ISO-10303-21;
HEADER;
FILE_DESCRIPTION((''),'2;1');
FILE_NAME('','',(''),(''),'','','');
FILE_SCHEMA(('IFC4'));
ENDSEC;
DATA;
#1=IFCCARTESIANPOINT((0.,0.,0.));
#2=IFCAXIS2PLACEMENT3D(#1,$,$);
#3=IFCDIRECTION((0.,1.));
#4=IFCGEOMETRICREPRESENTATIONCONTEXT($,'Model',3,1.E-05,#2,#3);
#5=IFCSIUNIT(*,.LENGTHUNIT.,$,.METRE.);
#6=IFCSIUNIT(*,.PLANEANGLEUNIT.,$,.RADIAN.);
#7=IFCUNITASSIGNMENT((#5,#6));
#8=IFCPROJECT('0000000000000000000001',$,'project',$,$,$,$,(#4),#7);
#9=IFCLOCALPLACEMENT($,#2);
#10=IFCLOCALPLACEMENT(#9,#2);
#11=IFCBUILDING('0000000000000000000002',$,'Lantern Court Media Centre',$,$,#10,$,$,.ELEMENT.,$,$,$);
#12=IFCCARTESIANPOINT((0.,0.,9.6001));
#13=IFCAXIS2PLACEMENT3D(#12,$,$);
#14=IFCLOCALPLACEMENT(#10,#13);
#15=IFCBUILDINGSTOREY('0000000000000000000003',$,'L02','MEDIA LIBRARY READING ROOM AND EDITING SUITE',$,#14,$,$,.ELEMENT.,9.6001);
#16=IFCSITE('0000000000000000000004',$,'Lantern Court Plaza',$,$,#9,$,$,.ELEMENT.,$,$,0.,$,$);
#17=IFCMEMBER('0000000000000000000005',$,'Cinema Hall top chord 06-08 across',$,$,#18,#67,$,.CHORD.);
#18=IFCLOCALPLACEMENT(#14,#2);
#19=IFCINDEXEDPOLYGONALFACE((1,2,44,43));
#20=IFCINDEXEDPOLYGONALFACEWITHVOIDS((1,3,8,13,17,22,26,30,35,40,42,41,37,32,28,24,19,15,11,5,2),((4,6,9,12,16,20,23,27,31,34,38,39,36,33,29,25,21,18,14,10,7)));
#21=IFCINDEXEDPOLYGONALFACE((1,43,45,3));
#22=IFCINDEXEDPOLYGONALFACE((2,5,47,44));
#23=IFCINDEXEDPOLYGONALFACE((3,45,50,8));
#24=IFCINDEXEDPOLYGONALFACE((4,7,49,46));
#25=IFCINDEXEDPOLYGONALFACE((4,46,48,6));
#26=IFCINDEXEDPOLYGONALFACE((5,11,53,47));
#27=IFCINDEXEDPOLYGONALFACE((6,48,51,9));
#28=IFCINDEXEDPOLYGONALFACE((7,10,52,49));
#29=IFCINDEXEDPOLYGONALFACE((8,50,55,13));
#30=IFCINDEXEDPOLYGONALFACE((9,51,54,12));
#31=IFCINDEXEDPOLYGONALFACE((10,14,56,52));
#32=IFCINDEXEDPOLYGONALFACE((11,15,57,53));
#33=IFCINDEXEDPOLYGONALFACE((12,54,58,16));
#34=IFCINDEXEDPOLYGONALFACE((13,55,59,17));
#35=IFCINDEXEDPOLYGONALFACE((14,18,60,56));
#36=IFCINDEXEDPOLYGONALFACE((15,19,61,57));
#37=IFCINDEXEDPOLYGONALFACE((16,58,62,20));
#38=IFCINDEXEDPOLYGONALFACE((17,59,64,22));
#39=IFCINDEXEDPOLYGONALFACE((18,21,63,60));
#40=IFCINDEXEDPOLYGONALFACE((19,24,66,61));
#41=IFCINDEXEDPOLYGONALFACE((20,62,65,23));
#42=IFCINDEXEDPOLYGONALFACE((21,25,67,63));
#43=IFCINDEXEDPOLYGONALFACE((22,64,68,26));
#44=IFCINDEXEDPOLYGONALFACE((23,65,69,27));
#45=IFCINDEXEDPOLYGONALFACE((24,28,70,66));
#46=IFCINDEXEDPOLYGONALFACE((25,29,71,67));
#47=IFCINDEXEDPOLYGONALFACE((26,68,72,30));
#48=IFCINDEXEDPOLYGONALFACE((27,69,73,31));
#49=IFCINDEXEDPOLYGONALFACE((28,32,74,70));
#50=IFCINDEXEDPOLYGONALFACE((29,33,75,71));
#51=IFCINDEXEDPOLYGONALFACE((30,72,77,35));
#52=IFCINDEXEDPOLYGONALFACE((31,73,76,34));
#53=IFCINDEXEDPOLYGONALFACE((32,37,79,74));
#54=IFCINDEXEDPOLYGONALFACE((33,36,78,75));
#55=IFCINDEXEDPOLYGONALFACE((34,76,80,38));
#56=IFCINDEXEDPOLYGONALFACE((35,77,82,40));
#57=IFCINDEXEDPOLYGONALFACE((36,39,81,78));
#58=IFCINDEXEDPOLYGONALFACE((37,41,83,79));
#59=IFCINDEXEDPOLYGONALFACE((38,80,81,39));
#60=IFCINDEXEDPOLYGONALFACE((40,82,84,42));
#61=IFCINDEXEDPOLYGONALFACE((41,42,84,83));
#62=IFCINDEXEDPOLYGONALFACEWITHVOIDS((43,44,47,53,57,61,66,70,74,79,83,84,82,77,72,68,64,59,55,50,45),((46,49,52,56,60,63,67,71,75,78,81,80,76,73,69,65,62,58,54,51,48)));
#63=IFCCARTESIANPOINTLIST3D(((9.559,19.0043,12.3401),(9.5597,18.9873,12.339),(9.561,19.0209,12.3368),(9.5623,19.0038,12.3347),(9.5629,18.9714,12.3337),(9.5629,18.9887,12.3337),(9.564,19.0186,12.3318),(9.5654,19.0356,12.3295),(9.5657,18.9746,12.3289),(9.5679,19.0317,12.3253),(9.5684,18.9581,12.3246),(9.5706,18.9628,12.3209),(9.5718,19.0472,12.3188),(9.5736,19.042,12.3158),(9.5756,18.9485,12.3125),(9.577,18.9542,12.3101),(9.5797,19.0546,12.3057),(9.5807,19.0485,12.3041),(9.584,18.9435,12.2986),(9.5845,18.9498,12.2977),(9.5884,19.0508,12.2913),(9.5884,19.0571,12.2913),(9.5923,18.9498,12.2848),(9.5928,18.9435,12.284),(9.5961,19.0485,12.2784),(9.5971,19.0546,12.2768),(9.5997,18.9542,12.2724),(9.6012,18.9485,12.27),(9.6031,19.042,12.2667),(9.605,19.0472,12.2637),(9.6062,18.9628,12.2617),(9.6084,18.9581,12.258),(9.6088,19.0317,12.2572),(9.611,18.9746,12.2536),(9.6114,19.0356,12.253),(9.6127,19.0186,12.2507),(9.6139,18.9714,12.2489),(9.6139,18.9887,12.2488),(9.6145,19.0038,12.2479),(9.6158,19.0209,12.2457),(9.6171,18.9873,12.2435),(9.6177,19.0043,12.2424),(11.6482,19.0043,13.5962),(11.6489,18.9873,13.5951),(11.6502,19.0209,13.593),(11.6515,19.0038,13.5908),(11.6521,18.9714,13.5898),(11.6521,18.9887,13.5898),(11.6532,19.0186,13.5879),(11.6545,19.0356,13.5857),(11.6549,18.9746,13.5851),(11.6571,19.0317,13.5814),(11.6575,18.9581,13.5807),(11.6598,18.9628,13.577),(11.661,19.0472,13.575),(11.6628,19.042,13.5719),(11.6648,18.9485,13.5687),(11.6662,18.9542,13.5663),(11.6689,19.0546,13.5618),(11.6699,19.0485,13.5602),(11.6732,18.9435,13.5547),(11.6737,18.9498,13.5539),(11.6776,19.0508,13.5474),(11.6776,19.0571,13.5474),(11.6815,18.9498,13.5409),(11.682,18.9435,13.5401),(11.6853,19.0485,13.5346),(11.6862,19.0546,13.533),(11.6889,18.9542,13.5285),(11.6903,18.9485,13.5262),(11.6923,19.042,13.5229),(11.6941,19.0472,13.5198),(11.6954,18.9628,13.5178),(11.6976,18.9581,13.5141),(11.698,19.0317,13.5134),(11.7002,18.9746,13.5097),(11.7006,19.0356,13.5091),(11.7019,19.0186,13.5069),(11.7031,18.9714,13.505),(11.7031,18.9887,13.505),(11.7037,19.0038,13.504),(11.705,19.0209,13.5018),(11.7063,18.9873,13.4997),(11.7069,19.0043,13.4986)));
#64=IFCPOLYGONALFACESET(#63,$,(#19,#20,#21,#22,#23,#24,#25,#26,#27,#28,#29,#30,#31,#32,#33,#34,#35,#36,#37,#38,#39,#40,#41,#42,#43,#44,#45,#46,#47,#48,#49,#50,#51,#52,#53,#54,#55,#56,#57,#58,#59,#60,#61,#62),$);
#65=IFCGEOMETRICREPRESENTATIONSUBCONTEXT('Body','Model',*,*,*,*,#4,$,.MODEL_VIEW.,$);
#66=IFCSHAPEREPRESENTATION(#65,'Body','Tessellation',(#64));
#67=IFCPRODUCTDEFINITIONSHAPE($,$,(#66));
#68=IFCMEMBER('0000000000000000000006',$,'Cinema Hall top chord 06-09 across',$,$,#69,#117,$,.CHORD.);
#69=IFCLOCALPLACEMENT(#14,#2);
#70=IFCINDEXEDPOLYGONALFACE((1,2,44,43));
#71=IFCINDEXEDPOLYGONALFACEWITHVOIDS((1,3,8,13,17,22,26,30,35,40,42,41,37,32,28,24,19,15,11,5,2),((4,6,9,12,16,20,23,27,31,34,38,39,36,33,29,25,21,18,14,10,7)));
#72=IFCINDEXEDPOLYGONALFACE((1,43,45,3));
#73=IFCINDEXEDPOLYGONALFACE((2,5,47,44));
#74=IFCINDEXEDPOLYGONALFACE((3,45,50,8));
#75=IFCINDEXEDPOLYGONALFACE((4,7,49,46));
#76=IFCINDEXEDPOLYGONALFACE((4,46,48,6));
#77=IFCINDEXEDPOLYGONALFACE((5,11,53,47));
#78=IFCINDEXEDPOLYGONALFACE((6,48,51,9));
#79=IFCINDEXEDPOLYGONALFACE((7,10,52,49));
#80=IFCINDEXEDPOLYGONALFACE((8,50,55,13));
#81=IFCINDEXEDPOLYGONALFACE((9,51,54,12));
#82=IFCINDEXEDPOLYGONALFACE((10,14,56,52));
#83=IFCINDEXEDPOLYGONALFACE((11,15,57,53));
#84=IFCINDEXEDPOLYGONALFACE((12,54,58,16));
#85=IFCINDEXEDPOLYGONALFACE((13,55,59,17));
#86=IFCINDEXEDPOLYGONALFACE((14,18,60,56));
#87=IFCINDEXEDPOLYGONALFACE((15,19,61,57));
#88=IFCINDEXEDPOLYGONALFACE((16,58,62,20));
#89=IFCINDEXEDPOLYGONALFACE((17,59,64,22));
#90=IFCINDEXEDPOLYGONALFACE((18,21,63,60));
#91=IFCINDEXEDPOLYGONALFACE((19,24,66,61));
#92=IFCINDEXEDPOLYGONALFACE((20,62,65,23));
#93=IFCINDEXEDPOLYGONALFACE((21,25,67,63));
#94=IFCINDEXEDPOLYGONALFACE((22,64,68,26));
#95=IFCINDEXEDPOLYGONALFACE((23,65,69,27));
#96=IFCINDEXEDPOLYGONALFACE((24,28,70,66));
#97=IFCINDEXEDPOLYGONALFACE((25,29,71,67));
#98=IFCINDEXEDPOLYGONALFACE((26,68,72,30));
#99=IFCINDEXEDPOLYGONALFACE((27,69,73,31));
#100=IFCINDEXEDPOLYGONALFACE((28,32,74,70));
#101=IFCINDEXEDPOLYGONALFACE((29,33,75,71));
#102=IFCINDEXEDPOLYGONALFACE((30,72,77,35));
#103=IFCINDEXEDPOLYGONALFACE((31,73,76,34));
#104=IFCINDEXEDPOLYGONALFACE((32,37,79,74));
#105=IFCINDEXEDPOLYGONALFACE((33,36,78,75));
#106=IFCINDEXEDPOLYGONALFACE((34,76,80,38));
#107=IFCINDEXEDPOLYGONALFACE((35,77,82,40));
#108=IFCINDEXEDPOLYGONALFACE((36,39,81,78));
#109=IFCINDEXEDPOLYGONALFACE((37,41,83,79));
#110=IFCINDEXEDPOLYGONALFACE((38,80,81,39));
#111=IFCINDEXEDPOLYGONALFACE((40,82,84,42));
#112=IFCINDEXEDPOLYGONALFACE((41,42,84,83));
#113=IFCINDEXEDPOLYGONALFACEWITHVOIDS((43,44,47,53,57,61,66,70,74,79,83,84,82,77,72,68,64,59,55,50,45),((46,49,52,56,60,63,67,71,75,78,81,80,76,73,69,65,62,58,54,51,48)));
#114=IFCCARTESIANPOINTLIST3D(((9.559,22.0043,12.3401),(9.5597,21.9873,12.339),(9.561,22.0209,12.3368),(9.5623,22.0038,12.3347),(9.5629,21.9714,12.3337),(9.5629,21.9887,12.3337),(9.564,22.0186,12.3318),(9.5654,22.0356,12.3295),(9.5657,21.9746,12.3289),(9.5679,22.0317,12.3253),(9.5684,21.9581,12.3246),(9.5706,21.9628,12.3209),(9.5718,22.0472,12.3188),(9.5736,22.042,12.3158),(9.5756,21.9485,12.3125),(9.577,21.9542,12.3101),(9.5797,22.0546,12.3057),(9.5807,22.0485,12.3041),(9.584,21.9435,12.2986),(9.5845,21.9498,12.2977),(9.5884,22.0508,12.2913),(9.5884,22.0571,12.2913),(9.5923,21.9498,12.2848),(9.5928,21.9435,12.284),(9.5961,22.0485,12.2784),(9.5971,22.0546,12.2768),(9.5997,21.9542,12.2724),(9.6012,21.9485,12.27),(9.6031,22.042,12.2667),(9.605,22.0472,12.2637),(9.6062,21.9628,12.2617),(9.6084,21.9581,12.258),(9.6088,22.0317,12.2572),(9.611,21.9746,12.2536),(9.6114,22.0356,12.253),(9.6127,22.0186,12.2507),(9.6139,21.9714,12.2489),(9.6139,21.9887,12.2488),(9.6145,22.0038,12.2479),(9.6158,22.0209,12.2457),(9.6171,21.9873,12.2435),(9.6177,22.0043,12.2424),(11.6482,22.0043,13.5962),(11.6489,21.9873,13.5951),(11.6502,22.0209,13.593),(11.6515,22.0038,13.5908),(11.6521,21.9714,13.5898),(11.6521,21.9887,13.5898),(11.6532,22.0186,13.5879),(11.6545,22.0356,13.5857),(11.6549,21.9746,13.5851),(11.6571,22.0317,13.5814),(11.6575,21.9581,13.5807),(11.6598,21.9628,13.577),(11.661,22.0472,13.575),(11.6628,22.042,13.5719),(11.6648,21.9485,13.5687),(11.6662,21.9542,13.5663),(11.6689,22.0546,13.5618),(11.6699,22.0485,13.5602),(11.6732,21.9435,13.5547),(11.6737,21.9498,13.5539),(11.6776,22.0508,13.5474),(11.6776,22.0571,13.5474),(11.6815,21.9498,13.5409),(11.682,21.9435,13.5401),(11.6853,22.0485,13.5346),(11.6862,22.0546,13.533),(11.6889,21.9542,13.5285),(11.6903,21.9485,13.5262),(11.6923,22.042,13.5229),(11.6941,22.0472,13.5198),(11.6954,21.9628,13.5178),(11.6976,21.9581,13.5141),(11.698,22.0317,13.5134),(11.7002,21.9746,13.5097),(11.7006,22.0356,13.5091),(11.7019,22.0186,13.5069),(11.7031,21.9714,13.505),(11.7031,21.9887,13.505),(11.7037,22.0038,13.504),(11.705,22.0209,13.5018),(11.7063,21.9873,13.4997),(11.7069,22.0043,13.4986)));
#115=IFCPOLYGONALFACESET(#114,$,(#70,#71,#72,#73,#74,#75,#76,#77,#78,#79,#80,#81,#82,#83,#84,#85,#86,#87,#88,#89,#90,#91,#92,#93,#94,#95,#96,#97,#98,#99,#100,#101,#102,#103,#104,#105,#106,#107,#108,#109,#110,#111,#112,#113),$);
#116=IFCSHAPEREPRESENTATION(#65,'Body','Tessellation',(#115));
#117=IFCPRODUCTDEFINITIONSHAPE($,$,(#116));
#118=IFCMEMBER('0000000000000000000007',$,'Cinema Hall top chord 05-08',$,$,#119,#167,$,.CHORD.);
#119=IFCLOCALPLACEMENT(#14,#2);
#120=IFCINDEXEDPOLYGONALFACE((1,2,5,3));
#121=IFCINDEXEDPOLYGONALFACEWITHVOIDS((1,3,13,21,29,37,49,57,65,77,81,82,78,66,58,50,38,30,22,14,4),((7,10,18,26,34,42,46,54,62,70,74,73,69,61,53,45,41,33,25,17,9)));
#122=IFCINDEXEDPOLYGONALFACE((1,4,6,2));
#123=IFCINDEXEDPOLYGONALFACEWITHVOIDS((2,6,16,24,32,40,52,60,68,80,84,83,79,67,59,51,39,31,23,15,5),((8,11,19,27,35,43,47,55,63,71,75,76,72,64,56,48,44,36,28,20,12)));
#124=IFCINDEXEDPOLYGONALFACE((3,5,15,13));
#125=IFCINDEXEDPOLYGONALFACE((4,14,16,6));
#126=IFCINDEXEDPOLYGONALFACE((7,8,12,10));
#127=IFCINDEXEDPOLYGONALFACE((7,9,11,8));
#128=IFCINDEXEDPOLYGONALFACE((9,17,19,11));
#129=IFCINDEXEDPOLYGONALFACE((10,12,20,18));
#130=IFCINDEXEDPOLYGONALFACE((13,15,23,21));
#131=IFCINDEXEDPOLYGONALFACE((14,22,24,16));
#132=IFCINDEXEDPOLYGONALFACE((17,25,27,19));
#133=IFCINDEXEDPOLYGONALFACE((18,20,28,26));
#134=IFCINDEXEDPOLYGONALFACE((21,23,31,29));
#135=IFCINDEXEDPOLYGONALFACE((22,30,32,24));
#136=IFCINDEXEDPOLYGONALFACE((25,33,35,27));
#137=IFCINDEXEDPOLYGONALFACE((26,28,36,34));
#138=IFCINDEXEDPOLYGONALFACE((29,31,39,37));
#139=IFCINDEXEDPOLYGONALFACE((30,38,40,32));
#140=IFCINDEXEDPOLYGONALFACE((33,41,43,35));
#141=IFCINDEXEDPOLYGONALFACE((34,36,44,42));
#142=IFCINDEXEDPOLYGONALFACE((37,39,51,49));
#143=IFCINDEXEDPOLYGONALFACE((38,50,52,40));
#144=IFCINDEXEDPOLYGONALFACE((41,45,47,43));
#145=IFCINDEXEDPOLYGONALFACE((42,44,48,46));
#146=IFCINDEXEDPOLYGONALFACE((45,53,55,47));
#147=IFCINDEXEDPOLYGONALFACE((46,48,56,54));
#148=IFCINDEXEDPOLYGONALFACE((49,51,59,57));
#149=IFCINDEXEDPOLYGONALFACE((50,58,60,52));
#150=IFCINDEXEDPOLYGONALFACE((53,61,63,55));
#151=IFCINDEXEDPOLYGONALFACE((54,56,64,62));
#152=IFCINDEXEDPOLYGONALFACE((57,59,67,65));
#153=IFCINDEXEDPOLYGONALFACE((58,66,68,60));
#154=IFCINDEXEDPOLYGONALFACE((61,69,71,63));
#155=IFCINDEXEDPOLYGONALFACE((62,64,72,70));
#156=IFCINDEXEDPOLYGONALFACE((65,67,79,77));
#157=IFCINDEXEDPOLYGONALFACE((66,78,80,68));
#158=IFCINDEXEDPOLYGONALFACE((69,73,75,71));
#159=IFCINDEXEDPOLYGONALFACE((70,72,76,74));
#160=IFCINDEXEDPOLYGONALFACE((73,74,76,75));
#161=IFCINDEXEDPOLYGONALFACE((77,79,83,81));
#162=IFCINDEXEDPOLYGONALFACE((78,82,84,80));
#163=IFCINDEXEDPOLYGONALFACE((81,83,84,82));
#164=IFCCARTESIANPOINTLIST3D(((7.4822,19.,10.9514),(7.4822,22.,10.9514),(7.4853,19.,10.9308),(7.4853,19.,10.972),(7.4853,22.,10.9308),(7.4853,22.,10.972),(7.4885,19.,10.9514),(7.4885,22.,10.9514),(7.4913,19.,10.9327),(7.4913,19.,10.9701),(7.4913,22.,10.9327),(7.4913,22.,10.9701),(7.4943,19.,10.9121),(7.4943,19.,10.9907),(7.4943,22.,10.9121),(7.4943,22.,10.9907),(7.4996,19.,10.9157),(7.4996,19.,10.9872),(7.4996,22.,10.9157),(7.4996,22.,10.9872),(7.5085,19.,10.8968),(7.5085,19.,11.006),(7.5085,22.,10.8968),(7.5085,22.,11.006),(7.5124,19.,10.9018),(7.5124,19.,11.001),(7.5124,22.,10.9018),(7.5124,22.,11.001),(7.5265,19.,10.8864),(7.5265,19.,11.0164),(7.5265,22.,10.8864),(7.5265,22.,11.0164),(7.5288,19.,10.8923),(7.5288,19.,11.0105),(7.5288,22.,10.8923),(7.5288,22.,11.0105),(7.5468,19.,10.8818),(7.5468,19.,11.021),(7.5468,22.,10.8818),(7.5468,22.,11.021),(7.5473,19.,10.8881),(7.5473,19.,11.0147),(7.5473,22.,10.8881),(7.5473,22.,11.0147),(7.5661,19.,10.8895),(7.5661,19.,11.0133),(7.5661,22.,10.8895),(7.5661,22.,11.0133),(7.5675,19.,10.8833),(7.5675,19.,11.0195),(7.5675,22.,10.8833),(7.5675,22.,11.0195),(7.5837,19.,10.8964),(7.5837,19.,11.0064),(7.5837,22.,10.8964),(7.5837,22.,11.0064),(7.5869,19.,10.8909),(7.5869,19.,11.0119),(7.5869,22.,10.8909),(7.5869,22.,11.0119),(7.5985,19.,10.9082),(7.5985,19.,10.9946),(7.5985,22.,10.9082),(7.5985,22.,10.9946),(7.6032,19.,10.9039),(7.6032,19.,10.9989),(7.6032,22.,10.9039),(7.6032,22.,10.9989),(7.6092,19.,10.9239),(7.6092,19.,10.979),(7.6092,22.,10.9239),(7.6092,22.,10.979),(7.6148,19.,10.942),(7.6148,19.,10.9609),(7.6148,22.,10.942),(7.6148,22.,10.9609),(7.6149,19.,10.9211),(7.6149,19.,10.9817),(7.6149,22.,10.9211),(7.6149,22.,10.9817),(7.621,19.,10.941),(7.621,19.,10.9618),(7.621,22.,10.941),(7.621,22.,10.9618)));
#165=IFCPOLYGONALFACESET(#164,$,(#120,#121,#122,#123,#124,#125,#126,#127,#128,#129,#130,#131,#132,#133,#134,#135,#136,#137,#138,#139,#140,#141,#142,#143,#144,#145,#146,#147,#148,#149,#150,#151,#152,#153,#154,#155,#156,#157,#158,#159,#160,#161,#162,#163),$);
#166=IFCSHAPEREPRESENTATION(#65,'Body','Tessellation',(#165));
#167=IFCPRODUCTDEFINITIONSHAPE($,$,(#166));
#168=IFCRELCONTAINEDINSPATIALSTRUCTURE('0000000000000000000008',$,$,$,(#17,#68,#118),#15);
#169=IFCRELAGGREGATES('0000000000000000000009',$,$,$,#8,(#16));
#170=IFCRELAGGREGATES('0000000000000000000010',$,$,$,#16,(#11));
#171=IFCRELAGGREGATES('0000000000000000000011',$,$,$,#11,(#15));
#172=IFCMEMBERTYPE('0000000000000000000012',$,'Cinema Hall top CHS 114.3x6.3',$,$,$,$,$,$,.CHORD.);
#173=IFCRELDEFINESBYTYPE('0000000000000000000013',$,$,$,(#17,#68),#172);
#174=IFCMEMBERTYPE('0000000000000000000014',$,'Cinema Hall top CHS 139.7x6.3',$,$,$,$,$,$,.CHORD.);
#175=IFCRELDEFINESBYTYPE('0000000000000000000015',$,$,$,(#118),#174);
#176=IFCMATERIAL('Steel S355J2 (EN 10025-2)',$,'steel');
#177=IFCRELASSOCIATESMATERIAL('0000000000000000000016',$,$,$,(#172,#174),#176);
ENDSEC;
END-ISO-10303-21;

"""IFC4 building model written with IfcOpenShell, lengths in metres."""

from ifc_helpers import new_model, si_unit, direction, frame, origin, origin_2d, place, context, subcontext, project, spatial, hollow_circle, extrude, material, material_profile, profile_set, type_object, element, save


model = new_model("IFC4")

# Units and contexts
model_context = context("Model", 3, precision=1e-05, world=origin(), true_north=direction((0.0, 1.0)))
body_context = subcontext(model_context, "Body", "Model", "MODEL_VIEW")
ifc_project = project(units=[si_unit("LENGTHUNIT", "METRE"), si_unit("PLANEANGLEUNIT", "RADIAN")], contexts=[model_context])

# Site, building, storey
site_placement = place(None, origin())
site = spatial("IfcSite", under=ifc_project, at=site_placement, Name="Lantern Court Plaza", CompositionType="ELEMENT", RefElevation=0.0)
building_placement = place(site_placement, origin())
building = spatial("IfcBuilding", under=site, at=building_placement, Name="Lantern Court Media Centre", CompositionType="ELEMENT")
storey_placement = place(building_placement, frame((0.0, 0.0, 9.6001)))
storey = spatial("IfcBuildingStorey", under=building, at=storey_placement, Name="L02", Description="MEDIA LIBRARY READING ROOM AND EDITING SUITE", CompositionType="ELEMENT", Elevation=9.6001)

# Members
ifc_material = material(Name="Steel S355J2 (EN 10025-2)", Category="steel")
ifc_material_profile_1 = material_profile(ifc_material, hollow_circle(Radius=0.0571, WallThickness=0.0063, at=origin_2d()), Name="Cinema Hall top CHS 114.3x6.3")
ifc_profile_set_1 = profile_set([ifc_material_profile_1], Name="Steel S355J2 (EN 10025-2)")
member_type_1 = type_object("IfcMemberType", Name="Cinema Hall top CHS 114.3x6.3", PredefinedType="CHORD", material=ifc_profile_set_1)
for number, where, z_axis, x_axis, name in (
    (1, (9.5884, 19.0, 12.2913), (0.857015, 0.0, 0.515291), (0.0, 1.0, 0.0), "Cinema Hall top chord 06-08 across"),
    (2, (9.5884, 22.0, 12.2913), (0.857015, 0.0, 0.515291), (0.0, 1.0, 0.0), "Cinema Hall top chord 06-09 across"),
):
    element("IfcMember", number, at=place(storey_placement, frame(where, z_axis=z_axis, x_axis=x_axis)), inside=storey, type_object=member_type_1, Name=name, PredefinedType="CHORD", context=body_context, shape_type="SweptSolid", body=[
        extrude(hollow_circle(Radius=0.0571, WallThickness=0.0063, at=origin_2d()), origin(), (0.0, 0.0, 1.0), 2.4377),
    ])
ifc_material_profile_2 = material_profile(ifc_material, hollow_circle(Radius=0.0698, WallThickness=0.0063, at=origin_2d()), Name="Cinema Hall top CHS 139.7x6.3")
ifc_profile_set_2 = profile_set([ifc_material_profile_2], Name="Steel S355J2 (EN 10025-2)")
member_type_2 = type_object("IfcMemberType", Name="Cinema Hall top CHS 139.7x6.3", PredefinedType="CHORD", material=ifc_profile_set_2)
for number, where, z_axis, x_axis, name in (
    (3, (7.552, 19.0, 10.9514), (0.0, 1.0, 0.0), (-1.0, 0.0, 0.0), "Cinema Hall top chord 05-08"),
):
    element("IfcMember", number, at=place(storey_placement, frame(where, z_axis=z_axis, x_axis=x_axis)), inside=storey, type_object=member_type_2, Name=name, PredefinedType="CHORD", context=body_context, shape_type="SweptSolid", body=[
        extrude(hollow_circle(Radius=0.0698, WallThickness=0.0063, at=origin_2d()), origin(), (0.0, 0.0, 1.0), 3.0),
    ])

save(model, "model.ifc")
